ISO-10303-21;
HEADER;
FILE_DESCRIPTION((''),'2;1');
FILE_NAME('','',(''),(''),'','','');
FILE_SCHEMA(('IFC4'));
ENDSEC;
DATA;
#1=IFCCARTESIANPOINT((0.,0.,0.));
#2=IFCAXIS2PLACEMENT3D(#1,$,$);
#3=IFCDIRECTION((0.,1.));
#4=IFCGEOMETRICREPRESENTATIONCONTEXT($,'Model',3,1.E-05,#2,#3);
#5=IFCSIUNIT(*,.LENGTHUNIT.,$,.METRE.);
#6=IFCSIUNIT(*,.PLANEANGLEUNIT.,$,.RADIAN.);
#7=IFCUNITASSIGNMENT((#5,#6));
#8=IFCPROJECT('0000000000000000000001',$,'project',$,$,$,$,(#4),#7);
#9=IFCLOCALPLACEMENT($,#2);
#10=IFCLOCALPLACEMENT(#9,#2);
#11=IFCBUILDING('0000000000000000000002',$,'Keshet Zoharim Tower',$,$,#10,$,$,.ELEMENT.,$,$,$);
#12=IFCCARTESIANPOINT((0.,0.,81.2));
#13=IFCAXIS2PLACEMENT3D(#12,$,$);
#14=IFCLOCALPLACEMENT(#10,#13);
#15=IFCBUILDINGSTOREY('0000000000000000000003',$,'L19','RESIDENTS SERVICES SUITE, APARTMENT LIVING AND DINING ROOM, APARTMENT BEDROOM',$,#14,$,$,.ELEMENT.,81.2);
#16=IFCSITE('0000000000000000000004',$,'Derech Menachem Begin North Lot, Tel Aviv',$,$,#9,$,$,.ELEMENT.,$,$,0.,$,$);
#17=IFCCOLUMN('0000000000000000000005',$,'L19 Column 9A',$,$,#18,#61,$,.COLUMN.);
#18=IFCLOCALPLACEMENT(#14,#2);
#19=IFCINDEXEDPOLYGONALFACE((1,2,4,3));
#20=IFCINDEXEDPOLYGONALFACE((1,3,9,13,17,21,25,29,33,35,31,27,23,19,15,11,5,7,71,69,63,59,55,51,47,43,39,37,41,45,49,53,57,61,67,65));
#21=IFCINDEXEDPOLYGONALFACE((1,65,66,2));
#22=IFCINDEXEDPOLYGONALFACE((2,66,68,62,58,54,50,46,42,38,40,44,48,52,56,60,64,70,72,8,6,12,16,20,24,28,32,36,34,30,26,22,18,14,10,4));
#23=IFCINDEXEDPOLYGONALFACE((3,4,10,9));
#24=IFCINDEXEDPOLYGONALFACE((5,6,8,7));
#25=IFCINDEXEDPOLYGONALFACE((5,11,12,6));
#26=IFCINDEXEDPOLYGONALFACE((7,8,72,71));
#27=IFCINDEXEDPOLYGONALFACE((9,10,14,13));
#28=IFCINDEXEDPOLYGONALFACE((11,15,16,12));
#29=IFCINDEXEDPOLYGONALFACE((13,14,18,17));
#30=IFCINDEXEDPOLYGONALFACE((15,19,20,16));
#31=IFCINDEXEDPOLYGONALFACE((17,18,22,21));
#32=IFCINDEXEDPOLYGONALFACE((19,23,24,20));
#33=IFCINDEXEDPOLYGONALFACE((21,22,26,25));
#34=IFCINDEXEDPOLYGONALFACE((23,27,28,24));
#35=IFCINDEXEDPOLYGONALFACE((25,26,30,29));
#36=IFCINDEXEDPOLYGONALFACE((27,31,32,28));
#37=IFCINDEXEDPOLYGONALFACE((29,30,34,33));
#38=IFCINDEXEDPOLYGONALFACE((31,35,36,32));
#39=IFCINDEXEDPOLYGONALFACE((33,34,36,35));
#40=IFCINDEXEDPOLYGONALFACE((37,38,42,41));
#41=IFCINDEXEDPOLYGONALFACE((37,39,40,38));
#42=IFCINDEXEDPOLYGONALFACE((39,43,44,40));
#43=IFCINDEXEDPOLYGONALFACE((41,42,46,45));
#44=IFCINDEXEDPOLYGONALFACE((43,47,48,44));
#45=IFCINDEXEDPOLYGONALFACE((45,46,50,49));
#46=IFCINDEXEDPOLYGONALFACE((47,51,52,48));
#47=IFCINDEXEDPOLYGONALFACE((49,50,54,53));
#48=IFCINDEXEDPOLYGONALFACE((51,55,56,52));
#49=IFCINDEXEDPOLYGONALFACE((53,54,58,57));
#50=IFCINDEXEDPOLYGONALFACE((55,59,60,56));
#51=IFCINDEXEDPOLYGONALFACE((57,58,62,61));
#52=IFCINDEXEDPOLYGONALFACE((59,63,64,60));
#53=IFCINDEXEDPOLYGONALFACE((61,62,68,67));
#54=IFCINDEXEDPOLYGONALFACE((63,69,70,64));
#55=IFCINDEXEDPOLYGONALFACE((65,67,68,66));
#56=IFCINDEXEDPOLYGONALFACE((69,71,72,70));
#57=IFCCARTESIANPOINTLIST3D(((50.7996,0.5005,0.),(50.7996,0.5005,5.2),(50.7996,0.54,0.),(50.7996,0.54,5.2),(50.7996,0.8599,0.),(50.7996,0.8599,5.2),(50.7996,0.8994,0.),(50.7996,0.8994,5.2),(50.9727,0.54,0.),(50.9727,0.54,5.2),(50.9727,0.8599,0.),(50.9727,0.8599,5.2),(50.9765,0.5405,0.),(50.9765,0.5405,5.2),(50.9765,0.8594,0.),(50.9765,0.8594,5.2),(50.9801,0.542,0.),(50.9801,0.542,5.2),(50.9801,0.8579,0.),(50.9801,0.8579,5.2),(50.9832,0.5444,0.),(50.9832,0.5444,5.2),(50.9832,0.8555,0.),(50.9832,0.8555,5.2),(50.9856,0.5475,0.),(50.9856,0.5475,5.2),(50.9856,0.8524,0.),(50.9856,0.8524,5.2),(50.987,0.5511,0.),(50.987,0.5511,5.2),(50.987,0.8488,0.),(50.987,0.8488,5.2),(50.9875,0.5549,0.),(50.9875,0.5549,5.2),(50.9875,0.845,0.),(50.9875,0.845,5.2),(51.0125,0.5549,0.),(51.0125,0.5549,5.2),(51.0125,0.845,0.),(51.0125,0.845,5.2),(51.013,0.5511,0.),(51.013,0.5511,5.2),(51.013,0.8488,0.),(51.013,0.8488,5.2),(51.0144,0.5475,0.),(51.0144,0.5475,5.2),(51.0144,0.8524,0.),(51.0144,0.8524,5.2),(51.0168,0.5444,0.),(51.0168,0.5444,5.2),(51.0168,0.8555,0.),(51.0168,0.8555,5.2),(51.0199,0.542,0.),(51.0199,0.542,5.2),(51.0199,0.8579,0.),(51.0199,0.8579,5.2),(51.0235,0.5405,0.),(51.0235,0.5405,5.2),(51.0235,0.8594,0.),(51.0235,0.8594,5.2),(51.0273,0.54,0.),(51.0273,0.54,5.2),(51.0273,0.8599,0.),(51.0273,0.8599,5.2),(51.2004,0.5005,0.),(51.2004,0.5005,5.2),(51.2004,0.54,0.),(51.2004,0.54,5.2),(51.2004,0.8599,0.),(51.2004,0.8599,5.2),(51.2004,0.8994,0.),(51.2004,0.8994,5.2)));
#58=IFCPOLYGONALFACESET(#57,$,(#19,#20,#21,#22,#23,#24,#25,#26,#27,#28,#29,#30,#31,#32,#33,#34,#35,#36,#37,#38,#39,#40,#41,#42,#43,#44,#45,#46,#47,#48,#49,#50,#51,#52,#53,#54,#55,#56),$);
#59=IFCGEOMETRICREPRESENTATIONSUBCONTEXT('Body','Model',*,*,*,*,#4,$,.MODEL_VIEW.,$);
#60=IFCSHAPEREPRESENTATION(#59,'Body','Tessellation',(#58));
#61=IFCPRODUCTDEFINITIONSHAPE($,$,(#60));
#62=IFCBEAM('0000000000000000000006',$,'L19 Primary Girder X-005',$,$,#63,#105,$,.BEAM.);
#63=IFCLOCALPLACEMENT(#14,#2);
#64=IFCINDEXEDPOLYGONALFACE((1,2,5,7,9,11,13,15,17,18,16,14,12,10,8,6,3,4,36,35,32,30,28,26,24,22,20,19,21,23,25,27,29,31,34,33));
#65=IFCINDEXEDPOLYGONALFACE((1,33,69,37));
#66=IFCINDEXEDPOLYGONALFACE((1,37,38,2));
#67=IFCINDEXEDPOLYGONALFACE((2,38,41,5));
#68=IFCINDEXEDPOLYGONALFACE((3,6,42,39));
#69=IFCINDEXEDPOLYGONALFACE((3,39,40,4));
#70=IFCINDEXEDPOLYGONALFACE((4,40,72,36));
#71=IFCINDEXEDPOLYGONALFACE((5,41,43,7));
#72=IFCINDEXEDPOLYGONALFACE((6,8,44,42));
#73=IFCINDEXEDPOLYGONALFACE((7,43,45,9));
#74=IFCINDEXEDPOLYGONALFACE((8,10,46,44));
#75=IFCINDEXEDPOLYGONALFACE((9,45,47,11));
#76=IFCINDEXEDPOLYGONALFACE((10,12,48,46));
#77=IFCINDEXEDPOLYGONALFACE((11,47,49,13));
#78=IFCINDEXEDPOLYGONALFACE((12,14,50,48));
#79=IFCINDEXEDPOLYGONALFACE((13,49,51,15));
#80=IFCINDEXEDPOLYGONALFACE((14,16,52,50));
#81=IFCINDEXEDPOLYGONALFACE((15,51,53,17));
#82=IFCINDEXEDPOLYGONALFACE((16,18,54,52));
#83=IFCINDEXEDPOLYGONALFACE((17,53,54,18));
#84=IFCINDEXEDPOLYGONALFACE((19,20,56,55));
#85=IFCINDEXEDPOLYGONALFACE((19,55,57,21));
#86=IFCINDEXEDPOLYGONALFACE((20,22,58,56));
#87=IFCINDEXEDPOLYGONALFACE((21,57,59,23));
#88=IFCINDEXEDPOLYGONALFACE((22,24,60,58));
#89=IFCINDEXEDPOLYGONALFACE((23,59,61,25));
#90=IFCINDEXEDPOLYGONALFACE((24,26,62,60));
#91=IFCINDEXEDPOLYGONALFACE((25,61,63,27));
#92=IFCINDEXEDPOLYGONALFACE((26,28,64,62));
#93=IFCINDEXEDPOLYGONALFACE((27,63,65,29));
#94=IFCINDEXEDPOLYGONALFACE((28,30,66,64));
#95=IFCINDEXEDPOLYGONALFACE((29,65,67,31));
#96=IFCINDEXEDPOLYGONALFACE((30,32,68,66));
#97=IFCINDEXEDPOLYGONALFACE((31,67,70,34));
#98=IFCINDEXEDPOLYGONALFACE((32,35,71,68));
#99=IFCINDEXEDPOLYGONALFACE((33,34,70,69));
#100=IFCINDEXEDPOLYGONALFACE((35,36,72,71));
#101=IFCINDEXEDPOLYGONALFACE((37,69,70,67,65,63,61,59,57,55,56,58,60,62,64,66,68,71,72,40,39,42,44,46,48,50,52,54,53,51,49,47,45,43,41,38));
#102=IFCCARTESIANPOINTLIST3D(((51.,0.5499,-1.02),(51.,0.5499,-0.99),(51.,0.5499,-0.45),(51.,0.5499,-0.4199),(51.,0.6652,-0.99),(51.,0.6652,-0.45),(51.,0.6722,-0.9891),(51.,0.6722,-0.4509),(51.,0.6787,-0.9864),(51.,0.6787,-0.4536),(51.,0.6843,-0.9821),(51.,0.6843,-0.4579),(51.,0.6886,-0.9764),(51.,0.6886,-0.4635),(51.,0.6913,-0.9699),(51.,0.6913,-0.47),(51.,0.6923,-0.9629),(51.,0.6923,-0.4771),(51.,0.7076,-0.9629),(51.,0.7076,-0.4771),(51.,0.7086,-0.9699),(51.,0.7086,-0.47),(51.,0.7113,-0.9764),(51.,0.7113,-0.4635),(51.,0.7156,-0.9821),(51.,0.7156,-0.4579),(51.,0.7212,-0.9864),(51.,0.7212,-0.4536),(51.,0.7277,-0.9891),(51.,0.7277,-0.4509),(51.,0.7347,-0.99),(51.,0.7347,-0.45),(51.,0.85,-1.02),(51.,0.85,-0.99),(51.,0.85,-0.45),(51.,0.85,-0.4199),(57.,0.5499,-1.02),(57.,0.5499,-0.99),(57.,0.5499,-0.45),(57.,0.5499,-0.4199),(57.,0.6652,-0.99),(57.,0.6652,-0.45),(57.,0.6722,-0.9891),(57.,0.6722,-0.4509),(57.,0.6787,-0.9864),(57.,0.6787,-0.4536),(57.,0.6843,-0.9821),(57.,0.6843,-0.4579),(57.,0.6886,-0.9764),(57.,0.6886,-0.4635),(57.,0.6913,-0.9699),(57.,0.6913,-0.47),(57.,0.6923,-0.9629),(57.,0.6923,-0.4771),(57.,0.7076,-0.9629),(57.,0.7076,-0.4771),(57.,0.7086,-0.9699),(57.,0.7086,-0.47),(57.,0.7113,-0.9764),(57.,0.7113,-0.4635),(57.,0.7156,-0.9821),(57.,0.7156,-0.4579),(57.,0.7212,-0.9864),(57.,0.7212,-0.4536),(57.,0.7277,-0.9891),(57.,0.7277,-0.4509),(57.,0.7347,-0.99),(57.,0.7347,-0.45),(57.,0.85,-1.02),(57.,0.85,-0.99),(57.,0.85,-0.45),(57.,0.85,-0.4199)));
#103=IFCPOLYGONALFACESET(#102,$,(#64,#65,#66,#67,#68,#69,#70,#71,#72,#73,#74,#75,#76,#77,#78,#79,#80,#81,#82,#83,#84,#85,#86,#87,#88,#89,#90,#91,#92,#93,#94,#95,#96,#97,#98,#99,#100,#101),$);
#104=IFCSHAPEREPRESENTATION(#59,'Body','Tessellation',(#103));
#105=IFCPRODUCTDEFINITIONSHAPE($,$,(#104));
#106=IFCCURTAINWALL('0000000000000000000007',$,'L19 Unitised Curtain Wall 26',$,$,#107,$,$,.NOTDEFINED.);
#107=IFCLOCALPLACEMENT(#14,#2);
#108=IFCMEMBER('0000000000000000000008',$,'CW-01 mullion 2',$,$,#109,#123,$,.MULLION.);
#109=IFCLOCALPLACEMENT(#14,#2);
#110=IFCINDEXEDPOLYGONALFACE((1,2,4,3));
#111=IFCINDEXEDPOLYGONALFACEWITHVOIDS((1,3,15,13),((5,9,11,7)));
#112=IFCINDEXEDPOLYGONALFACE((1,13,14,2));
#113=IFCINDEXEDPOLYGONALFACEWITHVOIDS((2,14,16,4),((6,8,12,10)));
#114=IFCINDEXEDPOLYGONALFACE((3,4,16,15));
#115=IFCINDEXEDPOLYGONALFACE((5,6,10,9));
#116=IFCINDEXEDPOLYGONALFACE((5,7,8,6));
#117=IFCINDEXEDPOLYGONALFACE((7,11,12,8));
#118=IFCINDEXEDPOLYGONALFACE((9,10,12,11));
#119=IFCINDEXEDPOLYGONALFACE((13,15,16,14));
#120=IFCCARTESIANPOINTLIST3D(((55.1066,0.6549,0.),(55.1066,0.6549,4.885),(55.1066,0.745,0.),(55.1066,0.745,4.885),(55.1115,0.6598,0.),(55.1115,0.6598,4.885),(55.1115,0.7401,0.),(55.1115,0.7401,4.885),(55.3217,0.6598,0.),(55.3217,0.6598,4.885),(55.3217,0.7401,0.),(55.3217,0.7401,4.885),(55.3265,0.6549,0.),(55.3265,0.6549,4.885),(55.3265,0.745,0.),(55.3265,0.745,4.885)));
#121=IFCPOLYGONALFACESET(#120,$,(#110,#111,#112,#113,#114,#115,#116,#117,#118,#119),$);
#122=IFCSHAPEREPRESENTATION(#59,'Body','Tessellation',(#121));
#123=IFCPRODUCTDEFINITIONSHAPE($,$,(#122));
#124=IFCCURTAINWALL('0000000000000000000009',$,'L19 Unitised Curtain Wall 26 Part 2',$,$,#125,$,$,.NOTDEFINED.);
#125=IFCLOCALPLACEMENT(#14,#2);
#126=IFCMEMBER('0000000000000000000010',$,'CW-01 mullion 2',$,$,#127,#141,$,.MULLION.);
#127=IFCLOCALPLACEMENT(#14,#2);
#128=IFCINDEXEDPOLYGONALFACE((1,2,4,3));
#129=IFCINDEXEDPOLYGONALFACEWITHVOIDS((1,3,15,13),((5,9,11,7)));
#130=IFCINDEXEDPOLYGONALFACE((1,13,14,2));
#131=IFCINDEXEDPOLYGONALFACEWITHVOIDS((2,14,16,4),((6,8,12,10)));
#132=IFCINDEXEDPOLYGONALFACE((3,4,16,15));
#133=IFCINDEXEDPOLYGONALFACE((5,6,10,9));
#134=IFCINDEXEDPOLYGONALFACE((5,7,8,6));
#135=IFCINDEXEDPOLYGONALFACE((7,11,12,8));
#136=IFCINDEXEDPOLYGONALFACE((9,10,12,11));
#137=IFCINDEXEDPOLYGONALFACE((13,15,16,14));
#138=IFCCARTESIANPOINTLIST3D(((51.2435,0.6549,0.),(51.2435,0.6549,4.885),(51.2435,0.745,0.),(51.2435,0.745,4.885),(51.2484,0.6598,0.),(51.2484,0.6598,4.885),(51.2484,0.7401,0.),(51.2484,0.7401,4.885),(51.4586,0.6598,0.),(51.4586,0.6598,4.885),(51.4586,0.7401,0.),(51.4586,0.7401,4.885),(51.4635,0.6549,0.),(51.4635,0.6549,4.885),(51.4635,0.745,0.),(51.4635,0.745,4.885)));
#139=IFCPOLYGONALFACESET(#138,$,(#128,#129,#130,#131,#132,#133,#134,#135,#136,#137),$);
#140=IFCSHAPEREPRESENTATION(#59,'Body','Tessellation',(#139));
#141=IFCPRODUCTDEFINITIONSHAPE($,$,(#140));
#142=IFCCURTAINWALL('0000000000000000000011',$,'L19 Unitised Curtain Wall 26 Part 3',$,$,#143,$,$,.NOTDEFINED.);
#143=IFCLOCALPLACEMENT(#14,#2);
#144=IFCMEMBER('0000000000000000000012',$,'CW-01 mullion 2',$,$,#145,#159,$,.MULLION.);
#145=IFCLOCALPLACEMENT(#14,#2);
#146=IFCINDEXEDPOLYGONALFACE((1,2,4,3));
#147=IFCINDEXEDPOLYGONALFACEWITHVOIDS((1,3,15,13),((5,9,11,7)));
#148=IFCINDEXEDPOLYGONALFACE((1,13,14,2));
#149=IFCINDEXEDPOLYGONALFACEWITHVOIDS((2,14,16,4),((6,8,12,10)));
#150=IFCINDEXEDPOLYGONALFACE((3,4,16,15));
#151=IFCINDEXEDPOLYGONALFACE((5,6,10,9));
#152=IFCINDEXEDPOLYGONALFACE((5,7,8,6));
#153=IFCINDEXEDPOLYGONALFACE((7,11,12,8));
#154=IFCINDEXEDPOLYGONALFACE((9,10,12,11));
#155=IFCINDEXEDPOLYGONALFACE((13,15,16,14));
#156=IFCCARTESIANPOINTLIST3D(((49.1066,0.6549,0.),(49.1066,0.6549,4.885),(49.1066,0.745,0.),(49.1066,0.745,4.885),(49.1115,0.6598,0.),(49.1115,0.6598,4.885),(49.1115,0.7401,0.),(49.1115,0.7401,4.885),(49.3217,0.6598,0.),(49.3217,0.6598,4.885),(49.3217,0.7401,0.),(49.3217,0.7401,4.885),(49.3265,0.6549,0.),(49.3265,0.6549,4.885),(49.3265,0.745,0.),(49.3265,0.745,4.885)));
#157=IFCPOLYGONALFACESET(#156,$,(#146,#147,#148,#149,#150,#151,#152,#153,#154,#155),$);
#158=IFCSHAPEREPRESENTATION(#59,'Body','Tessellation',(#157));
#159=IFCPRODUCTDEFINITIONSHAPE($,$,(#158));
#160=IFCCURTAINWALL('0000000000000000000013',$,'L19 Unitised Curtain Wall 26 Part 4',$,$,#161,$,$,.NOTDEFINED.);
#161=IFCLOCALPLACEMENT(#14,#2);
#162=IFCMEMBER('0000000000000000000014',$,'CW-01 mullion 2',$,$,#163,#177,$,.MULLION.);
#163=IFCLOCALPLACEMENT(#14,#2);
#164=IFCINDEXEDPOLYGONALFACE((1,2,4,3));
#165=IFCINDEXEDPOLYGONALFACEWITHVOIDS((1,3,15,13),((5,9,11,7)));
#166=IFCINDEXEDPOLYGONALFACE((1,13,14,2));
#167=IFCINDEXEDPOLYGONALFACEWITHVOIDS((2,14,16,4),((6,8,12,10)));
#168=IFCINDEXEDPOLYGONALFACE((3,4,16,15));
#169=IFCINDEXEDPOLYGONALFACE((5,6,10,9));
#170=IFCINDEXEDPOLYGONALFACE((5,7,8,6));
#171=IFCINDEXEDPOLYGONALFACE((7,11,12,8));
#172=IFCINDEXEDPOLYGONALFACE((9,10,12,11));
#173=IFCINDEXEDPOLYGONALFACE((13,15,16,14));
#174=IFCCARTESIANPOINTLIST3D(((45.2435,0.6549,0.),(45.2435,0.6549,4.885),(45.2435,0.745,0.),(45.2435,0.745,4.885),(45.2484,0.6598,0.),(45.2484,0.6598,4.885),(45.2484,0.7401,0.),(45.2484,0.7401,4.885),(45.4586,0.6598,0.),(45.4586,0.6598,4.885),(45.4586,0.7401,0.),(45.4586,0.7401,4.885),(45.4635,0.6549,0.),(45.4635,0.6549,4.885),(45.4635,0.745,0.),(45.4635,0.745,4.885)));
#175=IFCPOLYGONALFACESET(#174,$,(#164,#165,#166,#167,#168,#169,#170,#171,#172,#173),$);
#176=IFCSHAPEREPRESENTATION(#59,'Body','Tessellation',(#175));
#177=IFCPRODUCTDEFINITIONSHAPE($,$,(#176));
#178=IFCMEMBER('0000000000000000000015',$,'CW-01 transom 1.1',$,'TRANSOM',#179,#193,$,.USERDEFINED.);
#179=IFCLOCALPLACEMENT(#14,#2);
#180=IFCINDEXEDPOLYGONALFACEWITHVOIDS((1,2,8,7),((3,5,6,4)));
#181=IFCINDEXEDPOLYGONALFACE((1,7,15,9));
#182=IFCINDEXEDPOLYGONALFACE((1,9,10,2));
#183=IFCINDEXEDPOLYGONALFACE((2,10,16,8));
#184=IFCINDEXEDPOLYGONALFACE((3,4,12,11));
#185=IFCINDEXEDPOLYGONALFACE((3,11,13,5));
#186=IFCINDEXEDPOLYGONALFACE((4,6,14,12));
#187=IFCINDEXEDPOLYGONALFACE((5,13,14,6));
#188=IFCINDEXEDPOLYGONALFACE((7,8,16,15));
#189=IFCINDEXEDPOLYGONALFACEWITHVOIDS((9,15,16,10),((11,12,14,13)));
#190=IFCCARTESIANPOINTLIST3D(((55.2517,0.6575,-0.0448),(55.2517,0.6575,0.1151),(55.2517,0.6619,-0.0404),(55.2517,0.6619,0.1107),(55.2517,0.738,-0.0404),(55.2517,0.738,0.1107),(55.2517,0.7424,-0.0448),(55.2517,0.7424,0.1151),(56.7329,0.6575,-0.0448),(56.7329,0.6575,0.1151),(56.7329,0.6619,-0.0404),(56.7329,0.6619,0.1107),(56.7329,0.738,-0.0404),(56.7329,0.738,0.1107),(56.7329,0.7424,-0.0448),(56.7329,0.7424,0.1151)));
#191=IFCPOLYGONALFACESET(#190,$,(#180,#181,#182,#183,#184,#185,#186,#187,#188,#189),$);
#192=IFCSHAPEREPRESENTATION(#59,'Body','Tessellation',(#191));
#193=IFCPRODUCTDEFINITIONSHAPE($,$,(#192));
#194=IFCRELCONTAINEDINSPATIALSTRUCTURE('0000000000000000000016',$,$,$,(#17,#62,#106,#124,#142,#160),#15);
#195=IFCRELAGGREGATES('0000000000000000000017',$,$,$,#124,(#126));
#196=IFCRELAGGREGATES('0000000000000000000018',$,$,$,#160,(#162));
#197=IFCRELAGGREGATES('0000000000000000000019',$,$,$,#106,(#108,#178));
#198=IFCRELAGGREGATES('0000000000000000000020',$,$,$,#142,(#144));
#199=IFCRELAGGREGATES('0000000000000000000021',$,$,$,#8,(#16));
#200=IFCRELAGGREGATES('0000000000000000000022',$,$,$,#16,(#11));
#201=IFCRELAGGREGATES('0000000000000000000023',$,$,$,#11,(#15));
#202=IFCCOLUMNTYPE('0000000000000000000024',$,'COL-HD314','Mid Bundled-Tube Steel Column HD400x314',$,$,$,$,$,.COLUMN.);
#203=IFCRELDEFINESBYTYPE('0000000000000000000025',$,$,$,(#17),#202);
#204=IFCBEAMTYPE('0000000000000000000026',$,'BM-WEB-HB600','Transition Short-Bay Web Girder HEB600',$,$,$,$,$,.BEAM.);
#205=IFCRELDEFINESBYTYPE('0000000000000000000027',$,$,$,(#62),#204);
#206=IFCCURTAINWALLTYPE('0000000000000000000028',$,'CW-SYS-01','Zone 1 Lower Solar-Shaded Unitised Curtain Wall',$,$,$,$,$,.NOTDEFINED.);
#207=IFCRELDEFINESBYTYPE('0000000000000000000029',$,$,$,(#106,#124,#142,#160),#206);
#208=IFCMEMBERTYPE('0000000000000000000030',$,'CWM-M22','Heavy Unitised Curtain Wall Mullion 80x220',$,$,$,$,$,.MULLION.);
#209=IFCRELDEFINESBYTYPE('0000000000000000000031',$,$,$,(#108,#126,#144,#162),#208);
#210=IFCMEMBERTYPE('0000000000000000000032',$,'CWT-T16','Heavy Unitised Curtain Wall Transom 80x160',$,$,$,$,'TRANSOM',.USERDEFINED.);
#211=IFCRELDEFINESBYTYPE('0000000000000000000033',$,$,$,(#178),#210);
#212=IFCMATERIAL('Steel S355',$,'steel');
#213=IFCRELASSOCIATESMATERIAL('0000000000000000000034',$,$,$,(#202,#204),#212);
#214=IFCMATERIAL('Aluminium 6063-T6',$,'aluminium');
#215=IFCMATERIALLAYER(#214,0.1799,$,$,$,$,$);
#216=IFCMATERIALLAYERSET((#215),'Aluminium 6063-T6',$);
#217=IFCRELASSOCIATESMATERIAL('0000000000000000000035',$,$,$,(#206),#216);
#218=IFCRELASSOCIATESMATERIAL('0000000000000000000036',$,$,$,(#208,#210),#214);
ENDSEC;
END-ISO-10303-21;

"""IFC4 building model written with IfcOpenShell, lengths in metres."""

from ifc_helpers import new_model, si_unit, direction, frame, origin, origin_2d, place, context, subcontext, project, spatial, hollow_rectangle, i_section, extrude, material, layer, layer_set, material_profile, profile_set, type_object, element, aggregate, save


model = new_model("IFC4")

# Units and contexts
model_context = context("Model", 3, precision=1e-05, world=origin(), true_north=direction((0.0, 1.0)))
body_context = subcontext(model_context, "Body", "Model", "MODEL_VIEW")
ifc_project = project(units=[si_unit("LENGTHUNIT", "METRE"), si_unit("PLANEANGLEUNIT", "RADIAN")], contexts=[model_context])

# Site, building, storey
site_placement = place(None, origin())
site = spatial("IfcSite", under=ifc_project, at=site_placement, Name="Derech Menachem Begin North Lot, Tel Aviv", CompositionType="ELEMENT", RefElevation=0.0)
building_placement = place(site_placement, origin())
building = spatial("IfcBuilding", under=site, at=building_placement, Name="Keshet Zoharim Tower", CompositionType="ELEMENT")
storey_placement = place(building_placement, frame((0.0, 0.0, 81.2)))
storey = spatial("IfcBuildingStorey", under=building, at=storey_placement, Name="L19", Description="RESIDENTS SERVICES SUITE, APARTMENT LIVING AND DINING ROOM, APARTMENT BEDROOM", CompositionType="ELEMENT", Elevation=81.2)

# Column
ifc_material_1 = material(Name="Steel S355", Category="steel")
ifc_material_profile_1 = material_profile(ifc_material_1, i_section(OverallWidth=0.4009, OverallDepth=0.3989, WebThickness=0.0249, FlangeThickness=0.0396, FilletRadius=0.0149, at=origin_2d()), Name="HD400x314")
ifc_profile_set_1 = profile_set([ifc_material_profile_1], Name="Steel S355")
column_type = type_object("IfcColumnType", Name="COL-HD314", Description="Mid Bundled-Tube Steel Column HD400x314", PredefinedType="COLUMN", material=ifc_profile_set_1)
column_placement = place(storey_placement, frame((51.0, 0.7, 0.0), z_axis=(0.0, 0.0, 1.0), x_axis=(1.0, 0.0, 0.0)))
element("IfcColumn", 1, at=column_placement, inside=storey, type_object=column_type, Name="L19 Column 9A", PredefinedType="COLUMN", context=body_context, shape_type="SweptSolid", body=[
    extrude(i_section(OverallWidth=0.4009, OverallDepth=0.3989, WebThickness=0.0249, FlangeThickness=0.0396, FilletRadius=0.0149, at=origin_2d()), origin(), (0.0, 0.0, 1.0), 5.2),
])

# Beam
ifc_material_profile_2 = material_profile(ifc_material_1, i_section(OverallWidth=0.3, OverallDepth=0.6001, WebThickness=0.0154, FlangeThickness=0.03, FilletRadius=0.0271, at=origin_2d()), Name="HEB600")
ifc_profile_set_2 = profile_set([ifc_material_profile_2], Name="Steel S355")
beam_type = type_object("IfcBeamType", Name="BM-WEB-HB600", Description="Transition Short-Bay Web Girder HEB600", PredefinedType="BEAM", material=ifc_profile_set_2)
beam_placement = place(storey_placement, frame((51.0, 0.7, -0.72), z_axis=(1.0, 0.0, 0.0), x_axis=(0.0, 1.0, 0.0)))
element("IfcBeam", 2, at=beam_placement, inside=storey, type_object=beam_type, Name="L19 Primary Girder X-005", PredefinedType="BEAM", context=body_context, shape_type="SweptSolid", body=[
    extrude(i_section(OverallWidth=0.3, OverallDepth=0.6001, WebThickness=0.0154, FlangeThickness=0.03, FilletRadius=0.0271, at=origin_2d()), origin(), (0.0, 0.0, 1.0), 6.0),
])

# Curtain walls, members
ifc_material_2 = material(Name="Aluminium 6063-T6", Category="aluminium")
ifc_layer_1 = layer(ifc_material_2, 0.1799)
ifc_layer_set_1 = layer_set([ifc_layer_1], Name="Aluminium 6063-T6")
curtain_wall_type = type_object("IfcCurtainWallType", Name="CW-SYS-01", Description="Zone 1 Lower Solar-Shaded Unitised Curtain Wall", PredefinedType="NOTDEFINED", material=ifc_layer_set_1)
curtain_wall_1_placement = place(storey_placement, origin())
curtain_wall_1 = element("IfcCurtainWall", 3, at=curtain_wall_1_placement, inside=storey, type_object=curtain_wall_type, Name="L19 Unitised Curtain Wall 26", PredefinedType="NOTDEFINED")
ifc_material_profile_3 = material_profile(ifc_material_2, hollow_rectangle(XDim=0.0901, YDim=0.22, WallThickness=0.0049, at=origin_2d()), Name="MUL-90x220")
ifc_profile_set_3 = profile_set([ifc_material_profile_3], Name="Aluminium 6063-T6")
member_type_1 = type_object("IfcMemberType", Name="CWM-M22", Description="Heavy Unitised Curtain Wall Mullion 80x220", PredefinedType="MULLION", material=ifc_profile_set_3)
member_1_placement = place(storey_placement, frame((55.2166, 0.7, 0.0), z_axis=(0.0, 0.0, 1.0), x_axis=(0.0, -1.0, 0.0)))
member_1 = element("IfcMember", 4, at=member_1_placement, type_object=member_type_1, Name="CW-01 mullion 2", PredefinedType="MULLION", context=body_context, shape_type="SweptSolid", body=[
    extrude(hollow_rectangle(XDim=0.0901, YDim=0.22, WallThickness=0.0049, at=origin_2d()), origin(), (0.0, 0.0, 1.0), 4.885),
])
curtain_wall_2_placement = place(storey_placement, origin())
curtain_wall_2 = element("IfcCurtainWall", 5, at=curtain_wall_2_placement, inside=storey, type_object=curtain_wall_type, Name="L19 Unitised Curtain Wall 26 Part 2", PredefinedType="NOTDEFINED")
member_2_placement = place(storey_placement, frame((51.3535, 0.7, 0.0), z_axis=(0.0, 0.0, 1.0), x_axis=(0.0, -1.0, 0.0)))
member_2 = element("IfcMember", 6, at=member_2_placement, type_object=member_type_1, Name="CW-01 mullion 2", PredefinedType="MULLION", context=body_context, shape_type="SweptSolid", body=[
    extrude(hollow_rectangle(XDim=0.0901, YDim=0.22, WallThickness=0.0049, at=origin_2d()), origin(), (0.0, 0.0, 1.0), 4.885),
])
curtain_wall_3_placement = place(storey_placement, origin())
curtain_wall_3 = element("IfcCurtainWall", 7, at=curtain_wall_3_placement, inside=storey, type_object=curtain_wall_type, Name="L19 Unitised Curtain Wall 26 Part 3", PredefinedType="NOTDEFINED")
member_3_placement = place(storey_placement, frame((49.2166, 0.7, 0.0), z_axis=(0.0, 0.0, 1.0), x_axis=(0.0, -1.0, 0.0)))
member_3 = element("IfcMember", 8, at=member_3_placement, type_object=member_type_1, Name="CW-01 mullion 2", PredefinedType="MULLION", context=body_context, shape_type="SweptSolid", body=[
    extrude(hollow_rectangle(XDim=0.0901, YDim=0.22, WallThickness=0.0049, at=origin_2d()), origin(), (0.0, 0.0, 1.0), 4.885),
])
curtain_wall_4_placement = place(storey_placement, origin())
curtain_wall_4 = element("IfcCurtainWall", 9, at=curtain_wall_4_placement, inside=storey, type_object=curtain_wall_type, Name="L19 Unitised Curtain Wall 26 Part 4", PredefinedType="NOTDEFINED")
member_4_placement = place(storey_placement, frame((45.3535, 0.7, 0.0), z_axis=(0.0, 0.0, 1.0), x_axis=(0.0, -1.0, 0.0)))
member_4 = element("IfcMember", 10, at=member_4_placement, type_object=member_type_1, Name="CW-01 mullion 2", PredefinedType="MULLION", context=body_context, shape_type="SweptSolid", body=[
    extrude(hollow_rectangle(XDim=0.0901, YDim=0.22, WallThickness=0.0049, at=origin_2d()), origin(), (0.0, 0.0, 1.0), 4.885),
])

# Member
ifc_material_profile_4 = material_profile(ifc_material_2, hollow_rectangle(XDim=0.085, YDim=0.1599, WallThickness=0.0044, at=origin_2d()), Name="TRN-85x160")
ifc_profile_set_4 = profile_set([ifc_material_profile_4], Name="Aluminium 6063-T6")
member_type_2 = type_object("IfcMemberType", Name="CWT-T16", Description="Heavy Unitised Curtain Wall Transom 80x160", ElementType="TRANSOM", PredefinedType="USERDEFINED", material=ifc_profile_set_4)
member_5_placement = place(storey_placement, frame((56.7329, 0.7, 0.0352), z_axis=(-1.0, 0.0, 0.0), x_axis=(0.0, -1.0, 0.0)))
member_5 = element("IfcMember", 11, at=member_5_placement, type_object=member_type_2, Name="CW-01 transom 1.1", ObjectType="TRANSOM", PredefinedType="USERDEFINED", context=body_context, shape_type="SweptSolid", body=[
    extrude(hollow_rectangle(XDim=0.085, YDim=0.1599, WallThickness=0.0044, at=origin_2d()), origin(), (0.0, 0.0, 1.0), 1.4812),
])

aggregate(curtain_wall_2, [member_2])
aggregate(curtain_wall_4, [member_4])
aggregate(curtain_wall_1, [member_1, member_5])
aggregate(curtain_wall_3, [member_3])

save(model, "model.ifc")
